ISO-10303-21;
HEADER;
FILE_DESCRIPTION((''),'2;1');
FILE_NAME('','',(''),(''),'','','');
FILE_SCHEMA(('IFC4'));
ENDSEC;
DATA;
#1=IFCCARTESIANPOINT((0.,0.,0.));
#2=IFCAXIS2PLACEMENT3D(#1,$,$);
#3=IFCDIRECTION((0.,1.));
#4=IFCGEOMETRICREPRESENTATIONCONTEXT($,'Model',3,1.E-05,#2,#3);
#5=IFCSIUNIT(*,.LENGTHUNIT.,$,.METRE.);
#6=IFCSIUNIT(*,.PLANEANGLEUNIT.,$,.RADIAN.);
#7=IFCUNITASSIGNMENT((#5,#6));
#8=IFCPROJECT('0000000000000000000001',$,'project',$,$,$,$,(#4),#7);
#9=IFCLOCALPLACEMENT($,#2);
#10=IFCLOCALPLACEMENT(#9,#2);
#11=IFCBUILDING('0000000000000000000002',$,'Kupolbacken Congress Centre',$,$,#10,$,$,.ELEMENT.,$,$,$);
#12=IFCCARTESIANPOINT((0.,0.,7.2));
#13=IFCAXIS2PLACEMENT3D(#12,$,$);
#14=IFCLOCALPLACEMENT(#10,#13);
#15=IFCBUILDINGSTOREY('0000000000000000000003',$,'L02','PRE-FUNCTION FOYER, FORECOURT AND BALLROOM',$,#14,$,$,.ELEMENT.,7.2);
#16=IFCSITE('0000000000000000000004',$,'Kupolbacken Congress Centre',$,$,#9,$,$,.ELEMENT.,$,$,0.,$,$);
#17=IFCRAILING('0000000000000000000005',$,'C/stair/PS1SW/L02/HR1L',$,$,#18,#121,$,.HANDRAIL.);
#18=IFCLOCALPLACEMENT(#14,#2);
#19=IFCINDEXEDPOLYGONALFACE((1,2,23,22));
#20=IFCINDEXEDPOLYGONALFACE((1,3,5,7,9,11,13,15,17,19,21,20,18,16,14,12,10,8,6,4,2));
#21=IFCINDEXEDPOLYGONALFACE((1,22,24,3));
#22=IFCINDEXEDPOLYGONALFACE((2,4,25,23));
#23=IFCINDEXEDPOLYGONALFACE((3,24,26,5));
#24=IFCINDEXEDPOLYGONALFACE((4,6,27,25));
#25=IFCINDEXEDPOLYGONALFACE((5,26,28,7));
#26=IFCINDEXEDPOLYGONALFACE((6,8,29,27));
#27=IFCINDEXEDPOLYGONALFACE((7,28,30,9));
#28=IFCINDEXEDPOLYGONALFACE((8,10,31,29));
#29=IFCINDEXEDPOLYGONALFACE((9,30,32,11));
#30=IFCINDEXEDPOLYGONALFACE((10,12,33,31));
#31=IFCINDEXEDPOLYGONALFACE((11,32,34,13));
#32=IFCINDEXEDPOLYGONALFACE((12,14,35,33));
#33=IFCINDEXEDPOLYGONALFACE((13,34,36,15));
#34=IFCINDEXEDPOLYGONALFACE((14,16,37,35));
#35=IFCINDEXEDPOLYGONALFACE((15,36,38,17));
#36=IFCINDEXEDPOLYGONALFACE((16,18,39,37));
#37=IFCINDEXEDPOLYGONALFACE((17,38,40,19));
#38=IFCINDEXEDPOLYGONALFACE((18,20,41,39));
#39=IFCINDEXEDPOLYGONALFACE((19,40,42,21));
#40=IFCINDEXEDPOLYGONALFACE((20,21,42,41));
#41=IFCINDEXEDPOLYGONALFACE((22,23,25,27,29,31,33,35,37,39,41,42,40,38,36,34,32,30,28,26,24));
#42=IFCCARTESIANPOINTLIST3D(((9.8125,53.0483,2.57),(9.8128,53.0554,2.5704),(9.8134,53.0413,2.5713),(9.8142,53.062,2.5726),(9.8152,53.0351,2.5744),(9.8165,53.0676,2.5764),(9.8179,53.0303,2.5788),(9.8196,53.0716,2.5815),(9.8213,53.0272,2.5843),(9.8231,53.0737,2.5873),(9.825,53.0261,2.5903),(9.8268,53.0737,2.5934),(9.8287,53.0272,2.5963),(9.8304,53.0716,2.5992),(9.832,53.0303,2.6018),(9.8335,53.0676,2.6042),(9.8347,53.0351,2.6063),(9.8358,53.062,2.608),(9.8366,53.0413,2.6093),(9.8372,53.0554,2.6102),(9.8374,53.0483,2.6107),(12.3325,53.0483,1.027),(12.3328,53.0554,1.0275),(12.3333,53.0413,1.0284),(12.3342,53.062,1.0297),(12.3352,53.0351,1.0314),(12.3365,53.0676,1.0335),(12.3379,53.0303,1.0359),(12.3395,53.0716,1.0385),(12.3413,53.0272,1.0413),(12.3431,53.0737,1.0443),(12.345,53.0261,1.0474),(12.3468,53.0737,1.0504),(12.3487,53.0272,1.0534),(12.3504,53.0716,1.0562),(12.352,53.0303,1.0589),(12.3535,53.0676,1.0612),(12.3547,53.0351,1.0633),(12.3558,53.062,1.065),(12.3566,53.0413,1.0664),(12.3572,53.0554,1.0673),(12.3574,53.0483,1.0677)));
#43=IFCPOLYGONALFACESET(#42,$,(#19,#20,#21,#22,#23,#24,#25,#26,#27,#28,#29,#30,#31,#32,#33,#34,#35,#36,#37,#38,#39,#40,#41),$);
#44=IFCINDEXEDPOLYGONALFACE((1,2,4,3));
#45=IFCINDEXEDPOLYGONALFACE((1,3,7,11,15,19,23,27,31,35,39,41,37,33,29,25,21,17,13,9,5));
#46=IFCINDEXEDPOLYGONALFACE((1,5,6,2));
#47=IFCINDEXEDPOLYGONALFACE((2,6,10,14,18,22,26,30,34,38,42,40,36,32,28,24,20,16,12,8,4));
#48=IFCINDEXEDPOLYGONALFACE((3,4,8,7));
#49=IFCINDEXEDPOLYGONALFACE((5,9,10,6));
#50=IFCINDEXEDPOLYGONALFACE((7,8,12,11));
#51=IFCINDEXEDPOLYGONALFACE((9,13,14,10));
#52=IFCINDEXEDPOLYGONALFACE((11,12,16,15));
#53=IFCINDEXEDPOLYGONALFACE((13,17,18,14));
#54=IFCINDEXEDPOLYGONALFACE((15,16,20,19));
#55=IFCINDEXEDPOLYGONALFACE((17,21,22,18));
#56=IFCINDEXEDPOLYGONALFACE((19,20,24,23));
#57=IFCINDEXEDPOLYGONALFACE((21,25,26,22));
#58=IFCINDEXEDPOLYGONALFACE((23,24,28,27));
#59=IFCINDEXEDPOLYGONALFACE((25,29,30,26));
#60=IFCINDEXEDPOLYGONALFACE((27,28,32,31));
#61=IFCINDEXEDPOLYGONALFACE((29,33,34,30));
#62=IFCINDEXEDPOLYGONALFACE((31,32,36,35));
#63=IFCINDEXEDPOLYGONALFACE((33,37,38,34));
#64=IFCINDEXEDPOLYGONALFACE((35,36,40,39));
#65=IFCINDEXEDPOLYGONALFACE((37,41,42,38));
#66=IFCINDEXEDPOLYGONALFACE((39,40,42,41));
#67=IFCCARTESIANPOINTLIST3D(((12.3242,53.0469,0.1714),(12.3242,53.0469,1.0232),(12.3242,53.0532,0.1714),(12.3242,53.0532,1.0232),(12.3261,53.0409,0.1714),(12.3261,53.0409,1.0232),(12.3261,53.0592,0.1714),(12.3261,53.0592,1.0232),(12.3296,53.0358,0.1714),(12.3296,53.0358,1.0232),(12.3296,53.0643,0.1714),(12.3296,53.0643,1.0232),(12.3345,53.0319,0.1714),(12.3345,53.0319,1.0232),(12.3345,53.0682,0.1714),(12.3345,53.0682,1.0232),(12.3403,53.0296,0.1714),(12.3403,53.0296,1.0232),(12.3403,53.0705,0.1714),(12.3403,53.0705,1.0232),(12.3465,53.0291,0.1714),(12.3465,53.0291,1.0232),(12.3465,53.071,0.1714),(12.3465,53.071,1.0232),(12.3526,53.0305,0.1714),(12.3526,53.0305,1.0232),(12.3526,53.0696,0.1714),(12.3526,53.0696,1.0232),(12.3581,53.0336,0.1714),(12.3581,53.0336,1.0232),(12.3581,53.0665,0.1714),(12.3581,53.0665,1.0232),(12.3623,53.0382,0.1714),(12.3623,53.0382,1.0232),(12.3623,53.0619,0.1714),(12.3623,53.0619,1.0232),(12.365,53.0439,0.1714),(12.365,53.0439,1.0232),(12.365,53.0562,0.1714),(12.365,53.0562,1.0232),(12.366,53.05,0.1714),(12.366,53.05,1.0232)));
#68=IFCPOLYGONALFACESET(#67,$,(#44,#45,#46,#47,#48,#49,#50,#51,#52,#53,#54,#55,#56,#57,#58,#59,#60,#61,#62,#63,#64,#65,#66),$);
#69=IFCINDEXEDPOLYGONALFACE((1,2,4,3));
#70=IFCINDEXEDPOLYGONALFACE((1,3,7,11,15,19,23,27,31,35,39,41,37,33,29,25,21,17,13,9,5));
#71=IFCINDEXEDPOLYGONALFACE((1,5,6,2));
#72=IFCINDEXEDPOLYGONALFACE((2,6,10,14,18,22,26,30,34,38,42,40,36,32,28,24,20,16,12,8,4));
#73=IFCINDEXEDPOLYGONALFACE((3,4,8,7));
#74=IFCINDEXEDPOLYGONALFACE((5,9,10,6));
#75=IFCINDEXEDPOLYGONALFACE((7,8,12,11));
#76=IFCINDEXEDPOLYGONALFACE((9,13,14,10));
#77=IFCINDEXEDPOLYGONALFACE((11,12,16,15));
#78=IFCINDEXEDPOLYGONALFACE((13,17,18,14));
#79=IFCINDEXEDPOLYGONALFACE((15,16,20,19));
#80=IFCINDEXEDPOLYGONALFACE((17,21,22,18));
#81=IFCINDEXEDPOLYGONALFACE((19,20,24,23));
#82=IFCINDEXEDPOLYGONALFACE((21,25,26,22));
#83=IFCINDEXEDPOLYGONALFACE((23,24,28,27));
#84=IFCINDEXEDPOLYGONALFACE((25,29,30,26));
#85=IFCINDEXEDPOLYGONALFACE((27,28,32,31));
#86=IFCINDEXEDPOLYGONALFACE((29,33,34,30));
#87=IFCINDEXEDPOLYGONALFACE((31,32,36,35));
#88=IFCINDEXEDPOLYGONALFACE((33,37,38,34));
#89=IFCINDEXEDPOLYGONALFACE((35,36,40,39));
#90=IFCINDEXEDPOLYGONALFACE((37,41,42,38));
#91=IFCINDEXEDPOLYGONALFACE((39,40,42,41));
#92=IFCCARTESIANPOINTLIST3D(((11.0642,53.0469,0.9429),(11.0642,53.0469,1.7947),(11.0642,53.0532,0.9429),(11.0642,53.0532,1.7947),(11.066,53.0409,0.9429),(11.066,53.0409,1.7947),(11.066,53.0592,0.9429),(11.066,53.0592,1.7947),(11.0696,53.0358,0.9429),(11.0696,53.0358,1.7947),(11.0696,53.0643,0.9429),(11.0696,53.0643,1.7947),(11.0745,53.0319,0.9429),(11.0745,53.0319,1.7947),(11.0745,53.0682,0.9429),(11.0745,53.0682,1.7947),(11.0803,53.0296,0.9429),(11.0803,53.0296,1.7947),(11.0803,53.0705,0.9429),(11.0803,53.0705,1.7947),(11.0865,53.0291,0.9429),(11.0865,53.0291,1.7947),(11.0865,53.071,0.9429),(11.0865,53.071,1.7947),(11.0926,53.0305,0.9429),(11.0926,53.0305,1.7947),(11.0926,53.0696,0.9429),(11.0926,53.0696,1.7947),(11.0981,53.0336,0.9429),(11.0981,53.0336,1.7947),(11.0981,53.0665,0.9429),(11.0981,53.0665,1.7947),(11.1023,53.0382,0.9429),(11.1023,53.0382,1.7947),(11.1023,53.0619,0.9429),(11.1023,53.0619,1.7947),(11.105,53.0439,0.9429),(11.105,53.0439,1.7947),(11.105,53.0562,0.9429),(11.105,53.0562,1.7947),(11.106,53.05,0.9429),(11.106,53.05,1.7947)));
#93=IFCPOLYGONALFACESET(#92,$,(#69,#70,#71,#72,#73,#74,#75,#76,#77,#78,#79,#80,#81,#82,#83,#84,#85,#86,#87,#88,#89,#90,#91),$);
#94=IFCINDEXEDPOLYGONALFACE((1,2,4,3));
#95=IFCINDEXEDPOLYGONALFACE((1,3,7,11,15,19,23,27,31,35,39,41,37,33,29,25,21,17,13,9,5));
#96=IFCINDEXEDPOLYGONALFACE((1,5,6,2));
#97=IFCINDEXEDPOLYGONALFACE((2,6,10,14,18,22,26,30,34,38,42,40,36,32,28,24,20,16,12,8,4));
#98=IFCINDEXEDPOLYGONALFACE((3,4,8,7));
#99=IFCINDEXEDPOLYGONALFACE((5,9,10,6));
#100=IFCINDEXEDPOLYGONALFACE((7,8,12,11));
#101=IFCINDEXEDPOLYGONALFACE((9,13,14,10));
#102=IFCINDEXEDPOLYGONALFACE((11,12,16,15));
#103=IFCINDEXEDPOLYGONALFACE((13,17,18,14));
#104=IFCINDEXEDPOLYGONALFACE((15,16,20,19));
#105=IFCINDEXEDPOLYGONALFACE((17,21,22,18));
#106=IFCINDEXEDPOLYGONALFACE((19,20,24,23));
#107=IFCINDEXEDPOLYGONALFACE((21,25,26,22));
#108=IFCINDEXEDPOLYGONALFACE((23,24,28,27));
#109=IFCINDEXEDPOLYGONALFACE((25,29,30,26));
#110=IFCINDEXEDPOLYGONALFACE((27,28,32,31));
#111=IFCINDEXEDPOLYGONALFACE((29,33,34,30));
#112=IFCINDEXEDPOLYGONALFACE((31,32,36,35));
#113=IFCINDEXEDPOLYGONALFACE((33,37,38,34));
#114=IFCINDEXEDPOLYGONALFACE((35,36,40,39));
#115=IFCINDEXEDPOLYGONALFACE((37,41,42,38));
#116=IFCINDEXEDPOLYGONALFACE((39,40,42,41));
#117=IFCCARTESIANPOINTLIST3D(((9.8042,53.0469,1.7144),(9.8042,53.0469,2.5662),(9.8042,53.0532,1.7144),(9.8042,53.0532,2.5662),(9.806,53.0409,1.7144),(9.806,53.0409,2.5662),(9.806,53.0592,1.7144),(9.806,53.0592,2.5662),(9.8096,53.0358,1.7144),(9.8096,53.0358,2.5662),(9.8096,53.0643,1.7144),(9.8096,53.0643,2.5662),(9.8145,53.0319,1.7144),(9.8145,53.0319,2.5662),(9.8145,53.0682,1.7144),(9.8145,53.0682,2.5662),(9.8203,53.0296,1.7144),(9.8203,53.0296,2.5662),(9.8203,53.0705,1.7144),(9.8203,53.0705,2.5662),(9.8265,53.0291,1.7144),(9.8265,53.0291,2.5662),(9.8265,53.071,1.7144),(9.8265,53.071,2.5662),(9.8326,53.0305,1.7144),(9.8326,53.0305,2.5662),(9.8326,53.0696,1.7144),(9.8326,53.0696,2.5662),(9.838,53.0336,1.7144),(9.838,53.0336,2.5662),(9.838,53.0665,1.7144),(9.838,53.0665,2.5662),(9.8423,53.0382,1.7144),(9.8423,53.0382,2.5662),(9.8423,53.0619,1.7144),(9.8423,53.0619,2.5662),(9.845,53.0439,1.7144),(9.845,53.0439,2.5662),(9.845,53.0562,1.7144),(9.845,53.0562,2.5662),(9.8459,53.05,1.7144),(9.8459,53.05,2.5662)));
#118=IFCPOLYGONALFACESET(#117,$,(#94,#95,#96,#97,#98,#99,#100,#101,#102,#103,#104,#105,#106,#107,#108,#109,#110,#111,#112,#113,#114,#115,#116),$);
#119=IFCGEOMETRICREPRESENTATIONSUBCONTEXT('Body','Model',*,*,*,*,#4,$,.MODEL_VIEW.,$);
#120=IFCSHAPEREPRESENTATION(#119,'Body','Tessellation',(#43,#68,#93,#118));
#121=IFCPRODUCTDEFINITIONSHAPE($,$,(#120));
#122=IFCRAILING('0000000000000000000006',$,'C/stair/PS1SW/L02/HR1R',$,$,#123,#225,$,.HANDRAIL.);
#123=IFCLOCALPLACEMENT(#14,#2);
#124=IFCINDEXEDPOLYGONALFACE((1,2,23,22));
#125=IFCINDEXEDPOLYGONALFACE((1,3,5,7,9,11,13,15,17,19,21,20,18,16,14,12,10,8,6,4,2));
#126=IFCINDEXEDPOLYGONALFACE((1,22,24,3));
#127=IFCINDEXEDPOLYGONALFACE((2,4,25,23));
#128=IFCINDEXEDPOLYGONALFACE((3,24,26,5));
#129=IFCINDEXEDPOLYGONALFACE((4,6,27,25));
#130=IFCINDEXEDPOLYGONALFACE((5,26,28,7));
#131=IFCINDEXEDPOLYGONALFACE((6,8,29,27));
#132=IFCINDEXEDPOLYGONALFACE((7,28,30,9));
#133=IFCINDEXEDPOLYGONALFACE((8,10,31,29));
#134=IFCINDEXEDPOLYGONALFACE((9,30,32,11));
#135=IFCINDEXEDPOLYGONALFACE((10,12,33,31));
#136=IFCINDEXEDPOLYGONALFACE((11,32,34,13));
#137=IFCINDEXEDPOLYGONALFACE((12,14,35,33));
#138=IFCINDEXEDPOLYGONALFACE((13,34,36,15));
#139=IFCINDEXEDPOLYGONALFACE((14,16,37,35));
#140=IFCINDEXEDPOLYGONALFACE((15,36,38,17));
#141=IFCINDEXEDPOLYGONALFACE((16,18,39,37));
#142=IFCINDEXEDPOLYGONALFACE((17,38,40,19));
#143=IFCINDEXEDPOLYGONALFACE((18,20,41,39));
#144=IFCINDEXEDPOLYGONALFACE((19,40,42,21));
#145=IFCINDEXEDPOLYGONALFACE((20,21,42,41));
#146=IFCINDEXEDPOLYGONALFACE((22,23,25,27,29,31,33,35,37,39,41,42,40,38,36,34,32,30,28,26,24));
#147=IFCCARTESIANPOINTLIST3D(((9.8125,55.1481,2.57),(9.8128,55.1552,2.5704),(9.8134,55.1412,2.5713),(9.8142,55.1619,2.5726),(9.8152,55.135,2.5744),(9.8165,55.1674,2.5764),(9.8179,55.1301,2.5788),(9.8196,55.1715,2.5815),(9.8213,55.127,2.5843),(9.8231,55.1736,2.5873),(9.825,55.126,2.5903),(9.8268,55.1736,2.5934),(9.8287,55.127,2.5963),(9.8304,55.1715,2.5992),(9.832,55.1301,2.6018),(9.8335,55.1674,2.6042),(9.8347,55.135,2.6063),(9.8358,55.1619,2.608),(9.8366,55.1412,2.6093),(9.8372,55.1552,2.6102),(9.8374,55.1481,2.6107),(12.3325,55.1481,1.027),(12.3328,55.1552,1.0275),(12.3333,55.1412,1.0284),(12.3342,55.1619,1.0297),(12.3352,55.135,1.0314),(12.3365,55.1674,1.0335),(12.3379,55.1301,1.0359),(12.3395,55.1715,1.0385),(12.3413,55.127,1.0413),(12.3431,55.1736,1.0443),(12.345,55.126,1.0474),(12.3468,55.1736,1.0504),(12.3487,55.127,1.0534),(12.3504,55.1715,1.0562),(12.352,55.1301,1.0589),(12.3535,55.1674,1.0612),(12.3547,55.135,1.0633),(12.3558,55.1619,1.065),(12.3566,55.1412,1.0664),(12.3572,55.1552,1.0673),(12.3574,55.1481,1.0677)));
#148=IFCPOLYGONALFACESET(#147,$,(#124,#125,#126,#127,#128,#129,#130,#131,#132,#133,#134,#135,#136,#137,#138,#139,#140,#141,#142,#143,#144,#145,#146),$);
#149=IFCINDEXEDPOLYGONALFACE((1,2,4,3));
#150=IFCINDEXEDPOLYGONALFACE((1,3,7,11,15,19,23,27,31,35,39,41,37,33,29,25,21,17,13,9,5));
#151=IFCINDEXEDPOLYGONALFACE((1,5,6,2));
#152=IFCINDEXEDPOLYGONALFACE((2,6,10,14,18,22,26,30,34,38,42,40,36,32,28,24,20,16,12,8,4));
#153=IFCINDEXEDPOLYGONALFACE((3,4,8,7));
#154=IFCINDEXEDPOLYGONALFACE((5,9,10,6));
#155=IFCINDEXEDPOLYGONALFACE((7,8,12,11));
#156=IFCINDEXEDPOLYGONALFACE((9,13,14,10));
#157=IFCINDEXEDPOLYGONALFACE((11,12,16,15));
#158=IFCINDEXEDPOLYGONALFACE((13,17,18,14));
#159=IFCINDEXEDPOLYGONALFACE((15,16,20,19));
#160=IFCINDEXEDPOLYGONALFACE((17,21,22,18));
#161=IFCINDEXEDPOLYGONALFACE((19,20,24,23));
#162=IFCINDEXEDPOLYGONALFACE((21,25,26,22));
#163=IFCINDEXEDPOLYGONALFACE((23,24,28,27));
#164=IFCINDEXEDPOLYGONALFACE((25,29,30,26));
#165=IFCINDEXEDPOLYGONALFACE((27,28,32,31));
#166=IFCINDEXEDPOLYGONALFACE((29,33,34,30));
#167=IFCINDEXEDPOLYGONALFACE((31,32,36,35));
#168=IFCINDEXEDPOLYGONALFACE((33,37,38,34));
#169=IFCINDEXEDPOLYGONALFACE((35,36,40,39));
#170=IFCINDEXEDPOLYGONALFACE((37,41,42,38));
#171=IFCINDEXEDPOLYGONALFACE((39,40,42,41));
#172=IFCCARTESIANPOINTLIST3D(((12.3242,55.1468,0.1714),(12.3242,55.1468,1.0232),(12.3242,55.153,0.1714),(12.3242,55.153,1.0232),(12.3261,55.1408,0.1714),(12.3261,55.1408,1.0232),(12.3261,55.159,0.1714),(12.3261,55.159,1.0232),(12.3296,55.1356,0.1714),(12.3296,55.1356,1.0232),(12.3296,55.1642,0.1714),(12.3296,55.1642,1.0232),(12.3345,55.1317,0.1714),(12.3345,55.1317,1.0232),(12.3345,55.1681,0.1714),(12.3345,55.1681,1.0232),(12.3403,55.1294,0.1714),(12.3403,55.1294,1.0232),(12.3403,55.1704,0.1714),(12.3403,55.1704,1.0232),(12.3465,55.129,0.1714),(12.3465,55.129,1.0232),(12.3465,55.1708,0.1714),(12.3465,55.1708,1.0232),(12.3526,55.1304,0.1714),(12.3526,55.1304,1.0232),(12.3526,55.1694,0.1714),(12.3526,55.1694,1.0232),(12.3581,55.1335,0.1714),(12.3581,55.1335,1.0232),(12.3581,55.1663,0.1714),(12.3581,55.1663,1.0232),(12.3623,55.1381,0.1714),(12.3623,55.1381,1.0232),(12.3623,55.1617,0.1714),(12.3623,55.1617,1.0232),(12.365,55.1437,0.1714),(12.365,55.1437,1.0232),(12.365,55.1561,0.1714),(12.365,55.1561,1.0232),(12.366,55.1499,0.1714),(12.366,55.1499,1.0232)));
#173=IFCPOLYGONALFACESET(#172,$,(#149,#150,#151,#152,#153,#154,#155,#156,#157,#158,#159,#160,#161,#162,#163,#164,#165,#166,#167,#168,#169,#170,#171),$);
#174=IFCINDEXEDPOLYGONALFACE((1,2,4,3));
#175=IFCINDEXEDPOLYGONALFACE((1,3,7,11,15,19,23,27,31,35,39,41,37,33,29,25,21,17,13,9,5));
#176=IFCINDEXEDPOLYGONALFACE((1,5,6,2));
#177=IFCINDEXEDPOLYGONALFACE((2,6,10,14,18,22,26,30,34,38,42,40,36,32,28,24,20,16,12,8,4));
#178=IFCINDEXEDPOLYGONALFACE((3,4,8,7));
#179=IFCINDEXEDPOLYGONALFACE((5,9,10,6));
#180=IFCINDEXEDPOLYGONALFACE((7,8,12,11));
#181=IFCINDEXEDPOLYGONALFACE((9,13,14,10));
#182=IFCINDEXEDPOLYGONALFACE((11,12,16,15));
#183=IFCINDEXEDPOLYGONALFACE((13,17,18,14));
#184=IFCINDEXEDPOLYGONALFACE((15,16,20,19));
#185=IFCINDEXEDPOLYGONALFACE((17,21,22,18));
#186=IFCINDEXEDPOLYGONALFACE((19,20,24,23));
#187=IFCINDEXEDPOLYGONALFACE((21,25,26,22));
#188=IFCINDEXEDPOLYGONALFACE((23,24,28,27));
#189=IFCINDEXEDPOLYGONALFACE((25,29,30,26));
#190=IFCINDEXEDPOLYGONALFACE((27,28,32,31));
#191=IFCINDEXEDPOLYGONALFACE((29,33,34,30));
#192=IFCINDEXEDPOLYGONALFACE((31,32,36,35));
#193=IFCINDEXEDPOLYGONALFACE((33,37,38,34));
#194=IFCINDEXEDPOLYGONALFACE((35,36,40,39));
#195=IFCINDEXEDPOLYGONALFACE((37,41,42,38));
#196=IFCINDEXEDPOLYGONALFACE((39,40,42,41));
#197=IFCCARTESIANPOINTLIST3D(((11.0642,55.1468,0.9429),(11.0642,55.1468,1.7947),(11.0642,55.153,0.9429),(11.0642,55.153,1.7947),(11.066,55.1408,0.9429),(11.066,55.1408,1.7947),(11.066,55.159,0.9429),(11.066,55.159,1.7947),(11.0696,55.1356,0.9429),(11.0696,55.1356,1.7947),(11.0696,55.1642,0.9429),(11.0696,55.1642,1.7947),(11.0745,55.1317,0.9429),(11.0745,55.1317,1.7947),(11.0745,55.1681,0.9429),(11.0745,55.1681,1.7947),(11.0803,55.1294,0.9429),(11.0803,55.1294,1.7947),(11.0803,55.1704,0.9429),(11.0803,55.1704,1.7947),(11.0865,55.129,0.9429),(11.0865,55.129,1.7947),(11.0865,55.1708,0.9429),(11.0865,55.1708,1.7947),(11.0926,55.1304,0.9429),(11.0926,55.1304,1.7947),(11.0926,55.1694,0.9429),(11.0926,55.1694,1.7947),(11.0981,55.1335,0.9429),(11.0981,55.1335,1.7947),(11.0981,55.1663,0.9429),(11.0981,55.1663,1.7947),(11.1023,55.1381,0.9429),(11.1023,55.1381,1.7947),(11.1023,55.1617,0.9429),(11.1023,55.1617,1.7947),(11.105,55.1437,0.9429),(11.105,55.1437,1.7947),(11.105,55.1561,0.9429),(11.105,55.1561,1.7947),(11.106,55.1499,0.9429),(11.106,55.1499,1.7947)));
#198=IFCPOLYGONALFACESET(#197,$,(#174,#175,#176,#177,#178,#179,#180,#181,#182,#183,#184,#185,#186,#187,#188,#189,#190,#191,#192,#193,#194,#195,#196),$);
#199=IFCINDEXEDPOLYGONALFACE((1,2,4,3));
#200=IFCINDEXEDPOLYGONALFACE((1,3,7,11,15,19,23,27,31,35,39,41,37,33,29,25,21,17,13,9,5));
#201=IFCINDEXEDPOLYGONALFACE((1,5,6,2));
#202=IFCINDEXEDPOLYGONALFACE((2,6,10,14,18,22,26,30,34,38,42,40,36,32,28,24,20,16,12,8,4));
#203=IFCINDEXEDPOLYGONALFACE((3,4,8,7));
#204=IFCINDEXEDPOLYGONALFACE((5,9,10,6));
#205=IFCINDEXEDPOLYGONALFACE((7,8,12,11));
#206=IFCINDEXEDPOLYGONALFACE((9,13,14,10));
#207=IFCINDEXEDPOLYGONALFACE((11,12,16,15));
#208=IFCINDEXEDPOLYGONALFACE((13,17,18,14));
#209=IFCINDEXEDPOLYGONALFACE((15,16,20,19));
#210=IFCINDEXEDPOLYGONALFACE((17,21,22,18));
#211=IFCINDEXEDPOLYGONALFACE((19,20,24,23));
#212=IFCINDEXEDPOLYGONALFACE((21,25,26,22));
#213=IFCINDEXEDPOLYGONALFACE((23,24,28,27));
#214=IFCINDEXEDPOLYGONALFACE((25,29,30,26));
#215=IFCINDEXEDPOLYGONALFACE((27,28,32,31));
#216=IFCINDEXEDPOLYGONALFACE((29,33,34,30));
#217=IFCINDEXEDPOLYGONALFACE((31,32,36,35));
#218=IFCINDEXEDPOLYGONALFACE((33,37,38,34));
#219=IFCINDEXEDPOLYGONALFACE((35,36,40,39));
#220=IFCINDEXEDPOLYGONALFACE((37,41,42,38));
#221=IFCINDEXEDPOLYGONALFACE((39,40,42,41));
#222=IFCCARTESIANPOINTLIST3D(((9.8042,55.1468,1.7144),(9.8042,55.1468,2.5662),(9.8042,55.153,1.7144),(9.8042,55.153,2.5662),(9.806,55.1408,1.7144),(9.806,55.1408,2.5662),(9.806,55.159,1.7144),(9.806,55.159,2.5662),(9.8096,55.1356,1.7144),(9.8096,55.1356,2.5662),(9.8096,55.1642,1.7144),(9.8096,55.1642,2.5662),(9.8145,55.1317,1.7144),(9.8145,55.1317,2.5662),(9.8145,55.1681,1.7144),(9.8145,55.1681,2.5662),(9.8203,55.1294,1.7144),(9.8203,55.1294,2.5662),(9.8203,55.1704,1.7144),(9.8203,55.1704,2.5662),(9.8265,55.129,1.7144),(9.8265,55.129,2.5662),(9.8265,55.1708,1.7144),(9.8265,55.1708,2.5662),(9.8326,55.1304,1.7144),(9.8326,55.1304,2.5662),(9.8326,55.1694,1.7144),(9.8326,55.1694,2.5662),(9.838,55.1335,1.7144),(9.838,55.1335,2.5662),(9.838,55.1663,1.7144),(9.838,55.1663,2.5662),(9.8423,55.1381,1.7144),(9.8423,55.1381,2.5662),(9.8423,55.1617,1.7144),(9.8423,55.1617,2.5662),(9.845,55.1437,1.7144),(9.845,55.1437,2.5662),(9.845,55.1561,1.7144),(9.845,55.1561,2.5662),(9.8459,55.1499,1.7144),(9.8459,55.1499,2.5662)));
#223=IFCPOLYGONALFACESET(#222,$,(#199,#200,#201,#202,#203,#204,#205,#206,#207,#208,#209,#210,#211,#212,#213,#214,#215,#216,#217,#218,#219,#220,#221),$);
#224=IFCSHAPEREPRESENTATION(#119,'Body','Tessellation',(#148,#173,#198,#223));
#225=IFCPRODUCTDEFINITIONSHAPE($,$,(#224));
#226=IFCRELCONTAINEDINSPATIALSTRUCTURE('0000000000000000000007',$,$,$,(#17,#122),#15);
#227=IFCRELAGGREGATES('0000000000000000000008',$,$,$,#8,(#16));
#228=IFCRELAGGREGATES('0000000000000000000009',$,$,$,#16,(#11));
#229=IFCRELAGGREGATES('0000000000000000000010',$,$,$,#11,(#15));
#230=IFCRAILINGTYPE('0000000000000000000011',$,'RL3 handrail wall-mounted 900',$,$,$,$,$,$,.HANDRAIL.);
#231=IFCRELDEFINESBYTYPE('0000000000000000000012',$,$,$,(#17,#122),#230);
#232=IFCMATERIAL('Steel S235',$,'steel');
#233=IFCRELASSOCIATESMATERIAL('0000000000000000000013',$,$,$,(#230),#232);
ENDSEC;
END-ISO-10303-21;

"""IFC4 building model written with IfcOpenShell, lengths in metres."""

from ifc_helpers import new_model, si_unit, direction, frame, origin, origin_2d, place, context, subcontext, project, spatial, circle, extrude, material, type_object, element, save


model = new_model("IFC4")

# Units and contexts
model_context = context("Model", 3, precision=1e-05, world=origin(), true_north=direction((0.0, 1.0)))
body_context = subcontext(model_context, "Body", "Model", "MODEL_VIEW")
ifc_project = project(units=[si_unit("LENGTHUNIT", "METRE"), si_unit("PLANEANGLEUNIT", "RADIAN")], contexts=[model_context])

# Site, building, storey
site_placement = place(None, origin())
site = spatial("IfcSite", under=ifc_project, at=site_placement, Name="Kupolbacken Congress Centre", CompositionType="ELEMENT", RefElevation=0.0)
building_placement = place(site_placement, origin())
building = spatial("IfcBuilding", under=site, at=building_placement, Name="Kupolbacken Congress Centre", CompositionType="ELEMENT")
storey_placement = place(building_placement, frame((0.0, 0.0, 7.2)))
storey = spatial("IfcBuildingStorey", under=building, at=storey_placement, Name="L02", Description="PRE-FUNCTION FOYER, FORECOURT AND BALLROOM", CompositionType="ELEMENT", Elevation=7.2)

# Railings
ifc_material_1 = material(Name="Steel S235", Category="steel")
railing_type = type_object("IfcRailingType", Name="RL3 handrail wall-mounted 900", PredefinedType="HANDRAIL", material=ifc_material_1)
for number, where, name in (
    (1, (12.345, 53.05, 0.1714), "C/stair/PS1SW/L02/HR1L"),
    (2, (12.345, 55.1499, 0.1714), "C/stair/PS1SW/L02/HR1R"),
):
    element("IfcRailing", number, at=place(storey_placement, frame(where)), inside=storey, type_object=railing_type, Name=name, PredefinedType="HANDRAIL", context=body_context, shape_type="SweptSolid", body=[
        extrude(circle(Radius=0.0239, at=origin_2d()), frame((0.0, 0.0, 0.876), z_axis=(-0.852836, 0.0, 0.522178), x_axis=(0.0, -1.0, 0.0)), (0.0, 0.0, 1.0), 2.9548),
        extrude(circle(Radius=0.021, at=origin_2d()), origin(), (0.0, 0.0, 1.0), 0.8518),
        extrude(circle(Radius=0.021, at=origin_2d()), frame((-1.26, 0.0, 0.7715)), (0.0, 0.0, 1.0), 0.8518),
        extrude(circle(Radius=0.021, at=origin_2d()), frame((-2.52, 0.0, 1.543)), (0.0, 0.0, 1.0), 0.8518),
    ])

save(model, "model.ifc")
